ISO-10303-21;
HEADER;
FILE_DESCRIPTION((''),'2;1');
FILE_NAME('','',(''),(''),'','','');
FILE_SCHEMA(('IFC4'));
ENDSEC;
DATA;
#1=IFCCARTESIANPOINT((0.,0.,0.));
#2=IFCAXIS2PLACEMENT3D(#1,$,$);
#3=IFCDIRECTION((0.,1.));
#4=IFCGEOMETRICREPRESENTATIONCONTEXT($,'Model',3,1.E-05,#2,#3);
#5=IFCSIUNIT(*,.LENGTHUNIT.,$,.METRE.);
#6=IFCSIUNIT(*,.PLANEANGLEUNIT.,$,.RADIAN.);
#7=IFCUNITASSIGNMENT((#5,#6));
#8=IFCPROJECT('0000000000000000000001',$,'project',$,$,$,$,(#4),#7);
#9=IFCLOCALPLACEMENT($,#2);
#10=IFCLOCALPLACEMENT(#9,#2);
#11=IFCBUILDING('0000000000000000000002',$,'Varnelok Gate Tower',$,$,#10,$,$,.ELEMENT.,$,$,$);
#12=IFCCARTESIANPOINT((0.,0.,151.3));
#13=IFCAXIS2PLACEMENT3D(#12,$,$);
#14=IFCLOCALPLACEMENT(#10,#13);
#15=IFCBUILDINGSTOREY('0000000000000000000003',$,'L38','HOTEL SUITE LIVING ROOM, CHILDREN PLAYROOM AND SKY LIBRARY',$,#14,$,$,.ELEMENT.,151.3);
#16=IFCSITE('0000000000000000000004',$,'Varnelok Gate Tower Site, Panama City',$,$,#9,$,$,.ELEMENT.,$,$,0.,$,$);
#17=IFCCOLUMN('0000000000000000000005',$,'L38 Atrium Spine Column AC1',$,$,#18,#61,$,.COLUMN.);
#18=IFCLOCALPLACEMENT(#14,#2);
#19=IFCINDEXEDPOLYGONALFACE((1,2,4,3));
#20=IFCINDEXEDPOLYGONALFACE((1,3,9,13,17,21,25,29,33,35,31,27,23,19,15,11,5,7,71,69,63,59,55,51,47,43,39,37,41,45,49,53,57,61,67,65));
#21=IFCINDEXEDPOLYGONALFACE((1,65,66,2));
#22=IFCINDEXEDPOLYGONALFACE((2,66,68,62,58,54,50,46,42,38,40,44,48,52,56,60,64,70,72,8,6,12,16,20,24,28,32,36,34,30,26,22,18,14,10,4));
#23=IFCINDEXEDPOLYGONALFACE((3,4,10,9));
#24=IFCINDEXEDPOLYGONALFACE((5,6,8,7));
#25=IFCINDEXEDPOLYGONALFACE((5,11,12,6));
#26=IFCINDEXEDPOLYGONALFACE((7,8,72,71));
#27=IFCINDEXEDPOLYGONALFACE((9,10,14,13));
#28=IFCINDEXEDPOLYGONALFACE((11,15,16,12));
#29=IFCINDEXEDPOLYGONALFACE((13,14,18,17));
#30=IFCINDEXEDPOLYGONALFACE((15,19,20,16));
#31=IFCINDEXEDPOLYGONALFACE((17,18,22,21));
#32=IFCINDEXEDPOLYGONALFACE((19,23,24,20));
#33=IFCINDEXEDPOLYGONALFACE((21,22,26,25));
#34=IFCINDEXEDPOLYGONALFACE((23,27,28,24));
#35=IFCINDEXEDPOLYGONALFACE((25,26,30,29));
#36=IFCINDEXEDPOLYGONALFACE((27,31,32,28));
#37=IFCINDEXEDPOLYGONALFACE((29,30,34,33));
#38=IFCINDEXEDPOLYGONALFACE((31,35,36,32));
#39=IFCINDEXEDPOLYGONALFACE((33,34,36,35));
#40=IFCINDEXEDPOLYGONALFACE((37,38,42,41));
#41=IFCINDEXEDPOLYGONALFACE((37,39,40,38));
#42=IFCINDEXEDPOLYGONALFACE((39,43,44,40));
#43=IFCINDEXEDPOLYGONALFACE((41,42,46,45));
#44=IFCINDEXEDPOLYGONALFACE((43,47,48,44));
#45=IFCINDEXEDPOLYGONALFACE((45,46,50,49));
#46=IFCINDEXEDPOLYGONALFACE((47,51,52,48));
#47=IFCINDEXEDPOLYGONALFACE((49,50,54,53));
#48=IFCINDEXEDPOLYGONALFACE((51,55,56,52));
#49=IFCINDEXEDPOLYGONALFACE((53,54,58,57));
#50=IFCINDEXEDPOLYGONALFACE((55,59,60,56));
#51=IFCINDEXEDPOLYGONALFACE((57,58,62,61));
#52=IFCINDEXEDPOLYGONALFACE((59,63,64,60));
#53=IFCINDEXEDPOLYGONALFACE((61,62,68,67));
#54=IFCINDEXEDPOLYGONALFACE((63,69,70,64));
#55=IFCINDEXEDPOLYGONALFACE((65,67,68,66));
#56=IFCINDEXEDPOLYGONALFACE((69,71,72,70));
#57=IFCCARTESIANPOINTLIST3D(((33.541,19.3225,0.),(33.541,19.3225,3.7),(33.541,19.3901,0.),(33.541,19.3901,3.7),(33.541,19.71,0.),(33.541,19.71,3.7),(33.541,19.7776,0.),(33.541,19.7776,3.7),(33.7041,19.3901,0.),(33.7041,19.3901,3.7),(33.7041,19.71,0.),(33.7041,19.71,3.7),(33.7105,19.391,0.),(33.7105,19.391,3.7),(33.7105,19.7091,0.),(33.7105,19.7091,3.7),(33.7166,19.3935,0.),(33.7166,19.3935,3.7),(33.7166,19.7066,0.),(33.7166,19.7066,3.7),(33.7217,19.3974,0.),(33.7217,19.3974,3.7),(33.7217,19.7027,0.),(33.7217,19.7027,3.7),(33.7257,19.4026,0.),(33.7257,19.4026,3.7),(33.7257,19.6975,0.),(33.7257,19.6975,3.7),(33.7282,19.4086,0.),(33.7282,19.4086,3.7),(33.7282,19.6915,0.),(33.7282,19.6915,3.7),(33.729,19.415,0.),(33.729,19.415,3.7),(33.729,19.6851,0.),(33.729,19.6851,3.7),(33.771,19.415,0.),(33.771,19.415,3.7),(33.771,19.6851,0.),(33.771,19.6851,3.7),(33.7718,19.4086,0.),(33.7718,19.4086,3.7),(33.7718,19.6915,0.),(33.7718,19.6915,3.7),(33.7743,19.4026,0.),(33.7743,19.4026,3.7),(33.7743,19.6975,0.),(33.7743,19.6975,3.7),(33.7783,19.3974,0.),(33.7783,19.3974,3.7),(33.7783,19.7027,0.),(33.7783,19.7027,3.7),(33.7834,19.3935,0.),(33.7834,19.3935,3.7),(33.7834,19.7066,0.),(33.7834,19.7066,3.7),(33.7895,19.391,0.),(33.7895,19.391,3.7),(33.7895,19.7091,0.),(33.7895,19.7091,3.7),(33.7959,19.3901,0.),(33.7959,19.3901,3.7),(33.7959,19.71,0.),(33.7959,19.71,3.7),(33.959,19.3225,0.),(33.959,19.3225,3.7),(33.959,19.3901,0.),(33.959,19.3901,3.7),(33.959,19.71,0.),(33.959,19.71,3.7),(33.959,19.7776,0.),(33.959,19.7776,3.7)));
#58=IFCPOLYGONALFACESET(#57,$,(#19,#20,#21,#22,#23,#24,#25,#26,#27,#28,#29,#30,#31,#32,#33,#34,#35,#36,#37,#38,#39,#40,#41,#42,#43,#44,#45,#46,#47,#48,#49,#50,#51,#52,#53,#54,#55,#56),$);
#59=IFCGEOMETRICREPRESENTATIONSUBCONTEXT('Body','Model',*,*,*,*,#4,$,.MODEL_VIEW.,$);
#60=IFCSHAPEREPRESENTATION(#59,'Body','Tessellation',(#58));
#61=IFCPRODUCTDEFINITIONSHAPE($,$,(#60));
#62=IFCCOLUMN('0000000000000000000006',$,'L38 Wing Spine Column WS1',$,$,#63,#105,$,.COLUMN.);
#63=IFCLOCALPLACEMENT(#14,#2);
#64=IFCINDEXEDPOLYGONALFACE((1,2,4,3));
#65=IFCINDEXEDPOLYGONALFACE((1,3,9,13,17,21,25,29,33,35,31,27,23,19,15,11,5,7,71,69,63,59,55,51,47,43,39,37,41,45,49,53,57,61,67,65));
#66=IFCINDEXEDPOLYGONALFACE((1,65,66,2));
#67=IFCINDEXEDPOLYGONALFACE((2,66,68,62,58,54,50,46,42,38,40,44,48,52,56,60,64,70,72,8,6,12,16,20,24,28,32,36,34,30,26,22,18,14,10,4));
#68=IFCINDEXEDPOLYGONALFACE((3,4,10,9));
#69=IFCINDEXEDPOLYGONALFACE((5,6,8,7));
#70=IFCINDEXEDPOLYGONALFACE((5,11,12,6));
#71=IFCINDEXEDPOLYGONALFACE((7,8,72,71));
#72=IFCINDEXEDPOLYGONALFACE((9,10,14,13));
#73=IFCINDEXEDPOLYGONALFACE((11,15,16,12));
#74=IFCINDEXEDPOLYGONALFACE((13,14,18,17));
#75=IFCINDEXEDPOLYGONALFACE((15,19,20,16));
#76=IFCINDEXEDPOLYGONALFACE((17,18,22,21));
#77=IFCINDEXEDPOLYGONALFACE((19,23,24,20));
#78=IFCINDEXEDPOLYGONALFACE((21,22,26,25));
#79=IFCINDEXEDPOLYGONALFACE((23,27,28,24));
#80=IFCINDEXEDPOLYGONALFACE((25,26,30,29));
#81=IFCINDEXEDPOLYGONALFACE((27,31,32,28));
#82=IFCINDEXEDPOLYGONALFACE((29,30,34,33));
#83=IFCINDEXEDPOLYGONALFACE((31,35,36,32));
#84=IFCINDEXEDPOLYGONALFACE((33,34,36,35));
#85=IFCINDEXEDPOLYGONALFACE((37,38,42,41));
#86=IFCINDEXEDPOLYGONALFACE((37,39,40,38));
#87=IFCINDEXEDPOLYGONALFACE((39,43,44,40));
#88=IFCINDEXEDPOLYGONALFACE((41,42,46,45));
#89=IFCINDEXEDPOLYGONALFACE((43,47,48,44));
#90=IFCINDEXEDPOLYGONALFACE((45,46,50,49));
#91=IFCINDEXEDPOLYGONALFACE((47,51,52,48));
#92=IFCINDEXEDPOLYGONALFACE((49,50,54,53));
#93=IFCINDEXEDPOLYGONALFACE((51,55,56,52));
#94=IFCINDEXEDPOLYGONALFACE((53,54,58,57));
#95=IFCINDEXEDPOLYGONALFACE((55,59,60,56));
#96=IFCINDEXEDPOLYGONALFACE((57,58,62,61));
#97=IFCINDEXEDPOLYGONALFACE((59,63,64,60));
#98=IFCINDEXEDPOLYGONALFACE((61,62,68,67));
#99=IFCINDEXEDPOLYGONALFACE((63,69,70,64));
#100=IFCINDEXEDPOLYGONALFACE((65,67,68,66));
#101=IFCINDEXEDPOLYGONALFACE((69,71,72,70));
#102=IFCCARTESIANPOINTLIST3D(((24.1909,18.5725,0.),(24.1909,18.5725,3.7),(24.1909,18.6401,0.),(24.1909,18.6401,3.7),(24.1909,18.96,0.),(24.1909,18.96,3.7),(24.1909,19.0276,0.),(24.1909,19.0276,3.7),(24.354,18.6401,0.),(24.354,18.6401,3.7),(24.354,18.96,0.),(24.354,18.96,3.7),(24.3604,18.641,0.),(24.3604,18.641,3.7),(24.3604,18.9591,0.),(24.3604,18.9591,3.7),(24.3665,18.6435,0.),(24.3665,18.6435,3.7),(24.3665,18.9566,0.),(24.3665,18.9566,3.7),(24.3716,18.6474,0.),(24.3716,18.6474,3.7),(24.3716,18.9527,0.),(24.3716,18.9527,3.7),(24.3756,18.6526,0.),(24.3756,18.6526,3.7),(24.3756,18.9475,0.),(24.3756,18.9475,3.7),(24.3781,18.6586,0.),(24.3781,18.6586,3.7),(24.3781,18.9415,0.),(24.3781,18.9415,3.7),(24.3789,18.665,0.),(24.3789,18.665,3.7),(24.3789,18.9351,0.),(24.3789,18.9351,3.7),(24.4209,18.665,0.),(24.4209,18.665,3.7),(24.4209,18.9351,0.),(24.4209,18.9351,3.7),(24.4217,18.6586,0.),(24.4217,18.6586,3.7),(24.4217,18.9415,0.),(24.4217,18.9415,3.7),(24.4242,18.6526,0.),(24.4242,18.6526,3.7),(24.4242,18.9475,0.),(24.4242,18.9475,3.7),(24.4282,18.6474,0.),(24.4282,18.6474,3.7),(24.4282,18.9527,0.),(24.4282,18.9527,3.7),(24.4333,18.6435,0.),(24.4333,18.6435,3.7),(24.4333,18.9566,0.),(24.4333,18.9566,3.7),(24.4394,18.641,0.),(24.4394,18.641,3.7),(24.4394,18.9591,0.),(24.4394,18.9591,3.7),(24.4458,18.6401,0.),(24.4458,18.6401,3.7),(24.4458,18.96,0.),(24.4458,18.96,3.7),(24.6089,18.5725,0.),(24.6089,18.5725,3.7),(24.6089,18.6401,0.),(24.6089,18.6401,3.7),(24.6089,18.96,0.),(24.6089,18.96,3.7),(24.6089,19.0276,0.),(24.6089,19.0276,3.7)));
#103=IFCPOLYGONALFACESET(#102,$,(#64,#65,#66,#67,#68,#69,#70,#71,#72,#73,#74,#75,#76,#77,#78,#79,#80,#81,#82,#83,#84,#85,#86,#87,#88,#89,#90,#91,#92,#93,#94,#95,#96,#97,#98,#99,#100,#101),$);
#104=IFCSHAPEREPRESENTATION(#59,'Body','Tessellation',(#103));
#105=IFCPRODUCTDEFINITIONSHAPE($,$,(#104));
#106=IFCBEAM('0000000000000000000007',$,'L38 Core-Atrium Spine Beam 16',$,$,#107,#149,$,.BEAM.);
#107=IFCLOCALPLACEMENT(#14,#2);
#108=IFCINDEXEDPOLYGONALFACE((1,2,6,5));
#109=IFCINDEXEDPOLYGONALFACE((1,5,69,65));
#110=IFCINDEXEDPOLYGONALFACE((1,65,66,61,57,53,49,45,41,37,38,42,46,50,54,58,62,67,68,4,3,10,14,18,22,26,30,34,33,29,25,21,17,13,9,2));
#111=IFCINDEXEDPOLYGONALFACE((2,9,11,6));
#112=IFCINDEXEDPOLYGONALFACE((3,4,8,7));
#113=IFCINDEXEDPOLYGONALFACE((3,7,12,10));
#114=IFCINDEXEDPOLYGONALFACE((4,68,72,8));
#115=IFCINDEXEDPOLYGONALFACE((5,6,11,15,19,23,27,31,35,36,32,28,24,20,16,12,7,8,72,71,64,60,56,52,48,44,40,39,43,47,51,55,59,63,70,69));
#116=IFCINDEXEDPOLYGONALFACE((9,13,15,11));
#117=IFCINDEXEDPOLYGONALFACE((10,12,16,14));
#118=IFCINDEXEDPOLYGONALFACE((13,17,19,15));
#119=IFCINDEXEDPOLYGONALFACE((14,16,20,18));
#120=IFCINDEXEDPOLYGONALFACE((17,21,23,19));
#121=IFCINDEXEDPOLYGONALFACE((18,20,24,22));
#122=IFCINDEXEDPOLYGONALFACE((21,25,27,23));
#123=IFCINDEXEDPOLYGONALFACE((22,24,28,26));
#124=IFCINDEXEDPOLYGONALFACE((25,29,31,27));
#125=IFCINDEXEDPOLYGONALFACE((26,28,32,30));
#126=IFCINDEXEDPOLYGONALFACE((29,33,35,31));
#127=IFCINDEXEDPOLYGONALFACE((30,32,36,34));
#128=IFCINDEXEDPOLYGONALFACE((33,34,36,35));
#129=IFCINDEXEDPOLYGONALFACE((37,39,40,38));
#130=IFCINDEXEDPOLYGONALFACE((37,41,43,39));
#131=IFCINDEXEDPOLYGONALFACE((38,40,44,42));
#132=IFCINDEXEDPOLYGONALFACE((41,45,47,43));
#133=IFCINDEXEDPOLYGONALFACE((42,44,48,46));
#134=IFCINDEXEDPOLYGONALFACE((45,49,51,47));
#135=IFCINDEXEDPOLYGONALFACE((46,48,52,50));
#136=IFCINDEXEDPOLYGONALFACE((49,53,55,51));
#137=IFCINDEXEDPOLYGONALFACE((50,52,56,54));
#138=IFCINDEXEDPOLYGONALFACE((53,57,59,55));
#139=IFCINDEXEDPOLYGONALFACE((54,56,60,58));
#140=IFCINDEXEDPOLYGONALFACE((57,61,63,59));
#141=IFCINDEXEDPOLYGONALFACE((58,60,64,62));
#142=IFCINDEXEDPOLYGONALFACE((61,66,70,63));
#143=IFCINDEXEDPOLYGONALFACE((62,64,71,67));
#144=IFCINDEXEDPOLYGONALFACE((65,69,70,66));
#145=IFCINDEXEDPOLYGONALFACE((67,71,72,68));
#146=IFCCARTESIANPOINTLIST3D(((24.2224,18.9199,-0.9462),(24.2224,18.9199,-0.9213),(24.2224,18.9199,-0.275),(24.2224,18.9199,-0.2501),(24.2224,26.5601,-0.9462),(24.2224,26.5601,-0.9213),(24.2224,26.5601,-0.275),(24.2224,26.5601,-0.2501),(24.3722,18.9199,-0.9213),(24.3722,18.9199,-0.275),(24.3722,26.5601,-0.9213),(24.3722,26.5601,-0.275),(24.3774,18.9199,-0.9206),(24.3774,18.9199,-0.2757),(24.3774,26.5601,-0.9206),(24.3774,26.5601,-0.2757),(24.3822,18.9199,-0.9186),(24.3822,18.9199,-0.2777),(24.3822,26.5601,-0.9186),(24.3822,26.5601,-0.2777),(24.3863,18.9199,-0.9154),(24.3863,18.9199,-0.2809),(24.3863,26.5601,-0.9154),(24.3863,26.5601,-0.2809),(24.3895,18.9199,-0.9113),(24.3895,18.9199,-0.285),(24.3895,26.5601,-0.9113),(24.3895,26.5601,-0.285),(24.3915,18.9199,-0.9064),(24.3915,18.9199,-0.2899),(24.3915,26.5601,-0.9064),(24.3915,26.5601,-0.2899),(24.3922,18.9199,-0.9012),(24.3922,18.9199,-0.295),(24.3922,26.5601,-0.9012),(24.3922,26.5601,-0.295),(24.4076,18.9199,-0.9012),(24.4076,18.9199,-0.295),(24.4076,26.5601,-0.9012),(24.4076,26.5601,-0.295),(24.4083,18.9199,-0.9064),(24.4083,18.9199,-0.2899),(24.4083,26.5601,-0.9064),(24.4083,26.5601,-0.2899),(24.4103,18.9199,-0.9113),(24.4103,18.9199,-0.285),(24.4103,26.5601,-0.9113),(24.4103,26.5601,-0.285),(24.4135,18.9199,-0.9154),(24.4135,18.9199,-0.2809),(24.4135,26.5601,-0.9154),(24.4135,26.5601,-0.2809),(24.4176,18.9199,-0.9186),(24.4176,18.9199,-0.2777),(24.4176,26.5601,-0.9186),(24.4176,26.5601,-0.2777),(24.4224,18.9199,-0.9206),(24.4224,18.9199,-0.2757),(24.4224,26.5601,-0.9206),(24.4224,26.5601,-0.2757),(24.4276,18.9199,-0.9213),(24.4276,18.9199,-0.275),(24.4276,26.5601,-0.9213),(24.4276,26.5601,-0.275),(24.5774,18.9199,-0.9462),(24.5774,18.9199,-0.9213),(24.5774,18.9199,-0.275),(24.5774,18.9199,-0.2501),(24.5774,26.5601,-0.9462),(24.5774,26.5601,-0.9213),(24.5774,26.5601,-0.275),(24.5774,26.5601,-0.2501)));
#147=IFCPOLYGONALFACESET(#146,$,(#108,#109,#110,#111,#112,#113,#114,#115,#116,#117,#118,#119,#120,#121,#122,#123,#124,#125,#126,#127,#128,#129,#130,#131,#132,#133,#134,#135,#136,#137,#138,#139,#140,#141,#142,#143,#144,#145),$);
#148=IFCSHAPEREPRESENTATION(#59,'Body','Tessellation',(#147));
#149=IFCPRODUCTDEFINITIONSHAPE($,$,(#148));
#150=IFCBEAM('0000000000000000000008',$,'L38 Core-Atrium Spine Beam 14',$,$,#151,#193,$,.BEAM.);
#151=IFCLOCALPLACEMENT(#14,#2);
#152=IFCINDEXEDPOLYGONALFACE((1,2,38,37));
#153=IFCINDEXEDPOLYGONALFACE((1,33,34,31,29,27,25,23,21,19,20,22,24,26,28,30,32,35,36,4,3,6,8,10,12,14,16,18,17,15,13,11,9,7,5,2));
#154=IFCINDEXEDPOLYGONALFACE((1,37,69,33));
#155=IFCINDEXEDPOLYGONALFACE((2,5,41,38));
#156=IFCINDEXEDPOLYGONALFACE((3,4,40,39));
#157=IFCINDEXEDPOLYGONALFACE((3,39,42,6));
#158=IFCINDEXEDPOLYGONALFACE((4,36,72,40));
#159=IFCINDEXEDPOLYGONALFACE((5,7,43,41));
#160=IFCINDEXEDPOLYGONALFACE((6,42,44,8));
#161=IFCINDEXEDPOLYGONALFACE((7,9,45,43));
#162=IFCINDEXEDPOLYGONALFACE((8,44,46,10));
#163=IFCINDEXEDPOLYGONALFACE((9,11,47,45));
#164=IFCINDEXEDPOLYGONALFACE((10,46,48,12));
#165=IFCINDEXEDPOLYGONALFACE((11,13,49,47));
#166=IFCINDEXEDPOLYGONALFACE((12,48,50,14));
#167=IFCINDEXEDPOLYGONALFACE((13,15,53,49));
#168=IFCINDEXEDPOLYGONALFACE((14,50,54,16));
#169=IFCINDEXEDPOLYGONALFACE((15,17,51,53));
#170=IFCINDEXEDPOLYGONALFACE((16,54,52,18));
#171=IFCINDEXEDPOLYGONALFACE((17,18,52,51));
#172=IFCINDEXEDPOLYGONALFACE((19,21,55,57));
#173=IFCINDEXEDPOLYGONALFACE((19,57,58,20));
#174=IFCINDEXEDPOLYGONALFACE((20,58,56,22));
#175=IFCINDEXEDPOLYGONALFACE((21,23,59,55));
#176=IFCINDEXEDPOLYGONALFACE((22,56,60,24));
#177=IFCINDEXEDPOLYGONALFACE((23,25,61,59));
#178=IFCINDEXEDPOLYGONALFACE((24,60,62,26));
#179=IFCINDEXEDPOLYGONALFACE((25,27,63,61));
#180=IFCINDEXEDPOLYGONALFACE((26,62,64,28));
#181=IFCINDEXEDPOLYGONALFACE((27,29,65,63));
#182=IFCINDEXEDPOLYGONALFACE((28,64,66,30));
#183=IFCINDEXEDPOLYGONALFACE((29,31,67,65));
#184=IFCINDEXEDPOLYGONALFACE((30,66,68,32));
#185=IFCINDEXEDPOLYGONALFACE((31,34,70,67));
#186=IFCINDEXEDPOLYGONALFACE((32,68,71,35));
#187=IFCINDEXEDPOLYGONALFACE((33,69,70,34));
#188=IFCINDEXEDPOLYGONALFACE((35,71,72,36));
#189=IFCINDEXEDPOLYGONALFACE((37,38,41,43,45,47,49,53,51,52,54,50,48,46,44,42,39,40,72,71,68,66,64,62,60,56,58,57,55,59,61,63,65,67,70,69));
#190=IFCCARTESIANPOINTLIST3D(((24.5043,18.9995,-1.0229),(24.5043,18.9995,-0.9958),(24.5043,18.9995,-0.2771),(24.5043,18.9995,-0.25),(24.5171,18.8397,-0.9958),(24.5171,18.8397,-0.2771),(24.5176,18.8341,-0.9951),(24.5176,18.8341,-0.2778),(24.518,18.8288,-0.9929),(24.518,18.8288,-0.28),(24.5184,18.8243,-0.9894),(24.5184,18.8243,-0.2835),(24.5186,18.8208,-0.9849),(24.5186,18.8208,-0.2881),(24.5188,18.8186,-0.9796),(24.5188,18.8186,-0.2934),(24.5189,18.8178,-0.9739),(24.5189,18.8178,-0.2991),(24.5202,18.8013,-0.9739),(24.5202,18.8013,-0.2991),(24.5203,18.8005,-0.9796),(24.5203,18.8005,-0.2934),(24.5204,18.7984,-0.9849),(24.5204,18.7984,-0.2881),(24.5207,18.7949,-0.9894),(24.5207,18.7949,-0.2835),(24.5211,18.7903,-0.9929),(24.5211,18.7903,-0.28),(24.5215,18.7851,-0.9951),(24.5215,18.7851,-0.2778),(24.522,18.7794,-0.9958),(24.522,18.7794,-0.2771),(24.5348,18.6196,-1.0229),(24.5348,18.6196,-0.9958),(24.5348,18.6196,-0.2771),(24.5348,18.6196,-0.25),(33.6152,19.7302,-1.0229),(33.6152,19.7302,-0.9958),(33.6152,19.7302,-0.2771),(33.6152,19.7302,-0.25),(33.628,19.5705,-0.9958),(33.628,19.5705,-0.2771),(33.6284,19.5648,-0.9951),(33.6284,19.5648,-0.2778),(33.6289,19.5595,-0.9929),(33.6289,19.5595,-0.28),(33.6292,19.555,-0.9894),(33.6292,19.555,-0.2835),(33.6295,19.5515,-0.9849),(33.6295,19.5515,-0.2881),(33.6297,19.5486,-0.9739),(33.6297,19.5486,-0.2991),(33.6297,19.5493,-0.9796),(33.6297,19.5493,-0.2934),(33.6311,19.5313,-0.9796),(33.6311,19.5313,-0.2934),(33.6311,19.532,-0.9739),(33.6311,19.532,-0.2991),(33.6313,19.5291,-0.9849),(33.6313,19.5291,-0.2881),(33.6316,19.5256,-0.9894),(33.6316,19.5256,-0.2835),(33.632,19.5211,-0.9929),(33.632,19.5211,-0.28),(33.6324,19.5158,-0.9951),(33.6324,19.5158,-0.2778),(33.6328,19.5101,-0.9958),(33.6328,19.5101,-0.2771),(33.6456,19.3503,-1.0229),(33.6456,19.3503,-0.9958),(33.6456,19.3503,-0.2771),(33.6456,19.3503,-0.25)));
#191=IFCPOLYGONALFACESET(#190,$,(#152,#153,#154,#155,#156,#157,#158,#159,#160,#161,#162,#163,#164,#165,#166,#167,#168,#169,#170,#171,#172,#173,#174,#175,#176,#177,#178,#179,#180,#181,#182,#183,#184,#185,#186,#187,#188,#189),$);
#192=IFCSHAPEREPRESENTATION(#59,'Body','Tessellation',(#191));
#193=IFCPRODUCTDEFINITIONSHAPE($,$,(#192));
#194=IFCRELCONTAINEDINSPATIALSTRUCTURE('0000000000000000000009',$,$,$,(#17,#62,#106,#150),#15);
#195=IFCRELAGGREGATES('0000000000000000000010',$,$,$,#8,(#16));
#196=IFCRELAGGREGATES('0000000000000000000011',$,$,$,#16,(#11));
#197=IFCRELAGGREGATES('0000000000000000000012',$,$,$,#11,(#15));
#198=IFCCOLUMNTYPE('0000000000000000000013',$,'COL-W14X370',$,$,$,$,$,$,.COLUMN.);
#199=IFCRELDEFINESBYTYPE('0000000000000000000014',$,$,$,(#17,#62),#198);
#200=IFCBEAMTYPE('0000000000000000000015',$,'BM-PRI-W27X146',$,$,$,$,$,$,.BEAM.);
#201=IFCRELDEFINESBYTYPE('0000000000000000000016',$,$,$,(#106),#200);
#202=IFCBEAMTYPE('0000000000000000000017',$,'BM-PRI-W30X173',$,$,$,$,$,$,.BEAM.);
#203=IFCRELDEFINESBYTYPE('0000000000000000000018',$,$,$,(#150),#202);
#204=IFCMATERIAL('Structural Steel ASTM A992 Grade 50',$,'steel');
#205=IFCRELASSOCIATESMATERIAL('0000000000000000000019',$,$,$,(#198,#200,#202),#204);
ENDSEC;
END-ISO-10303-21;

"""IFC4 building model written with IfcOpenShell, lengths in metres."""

from ifc_helpers import new_model, si_unit, direction, frame, origin, origin_2d, place, context, subcontext, project, spatial, i_section, extrude, material, material_profile, profile_set, type_object, element, save


model = new_model("IFC4")

# Units and contexts
model_context = context("Model", 3, precision=1e-05, world=origin(), true_north=direction((0.0, 1.0)))
body_context = subcontext(model_context, "Body", "Model", "MODEL_VIEW")
ifc_project = project(units=[si_unit("LENGTHUNIT", "METRE"), si_unit("PLANEANGLEUNIT", "RADIAN")], contexts=[model_context])

# Site, building, storey
site_placement = place(None, origin())
site = spatial("IfcSite", under=ifc_project, at=site_placement, Name="Varnelok Gate Tower Site, Panama City", CompositionType="ELEMENT", RefElevation=0.0)
building_placement = place(site_placement, origin())
building = spatial("IfcBuilding", under=site, at=building_placement, Name="Varnelok Gate Tower", CompositionType="ELEMENT")
storey_placement = place(building_placement, frame((0.0, 0.0, 151.3)))
storey = spatial("IfcBuildingStorey", under=building, at=storey_placement, Name="L38", Description="HOTEL SUITE LIVING ROOM, CHILDREN PLAYROOM AND SKY LIBRARY", CompositionType="ELEMENT", Elevation=151.3)

# Columns
ifc_material_1 = material(Name="Structural Steel ASTM A992 Grade 50", Category="steel")
ifc_material_profile_1 = material_profile(ifc_material_1, i_section(OverallWidth=0.418, OverallDepth=0.4551, WebThickness=0.042, FlangeThickness=0.0676, FilletRadius=0.0249, at=origin_2d()), Name="W14X370")
ifc_profile_set_1 = profile_set([ifc_material_profile_1], Name="Structural Steel ASTM A992 Grade 50")
column_type = type_object("IfcColumnType", Name="COL-W14X370", PredefinedType="COLUMN", material=ifc_profile_set_1)
for number, where, z_axis, x_axis, name in (
    (1, (33.75, 19.55, 0.0), (0.0, 0.0, 1.0), (1.0, 0.0, 0.0), "L38 Atrium Spine Column AC1"),
    (2, (24.3999, 18.8, 0.0), (0.0, 0.0, 1.0), (1.0, 0.0, 0.0), "L38 Wing Spine Column WS1"),
):
    element("IfcColumn", number, at=place(storey_placement, frame(where, z_axis=z_axis, x_axis=x_axis)), inside=storey, type_object=column_type, Name=name, PredefinedType="COLUMN", context=body_context, shape_type="SweptSolid", body=[
        extrude(i_section(OverallWidth=0.418, OverallDepth=0.4551, WebThickness=0.042, FlangeThickness=0.0676, FilletRadius=0.0249, at=origin_2d()), origin(), (0.0, 0.0, 1.0), 3.7),
    ])

# Beams
ifc_material_profile_2 = material_profile(ifc_material_1, i_section(OverallWidth=0.355, OverallDepth=0.696, WebThickness=0.0154, FlangeThickness=0.0249, FilletRadius=0.02, at=origin_2d()), Name="W27X146")
ifc_profile_set_2 = profile_set([ifc_material_profile_2], Name="Structural Steel ASTM A992 Grade 50")
beam_type_1 = type_object("IfcBeamType", Name="BM-PRI-W27X146", PredefinedType="BEAM", material=ifc_profile_set_2)
beam_1_placement = place(storey_placement, frame((24.3999, 18.9199, -0.5981), z_axis=(0.0, 1.0, 0.0), x_axis=(-1.0, 0.0, 0.0)))
element("IfcBeam", 3, at=beam_1_placement, inside=storey, type_object=beam_type_1, Name="L38 Core-Atrium Spine Beam 16", PredefinedType="BEAM", context=body_context, shape_type="SweptSolid", body=[
    extrude(i_section(OverallWidth=0.355, OverallDepth=0.696, WebThickness=0.0154, FlangeThickness=0.0249, FilletRadius=0.02, at=origin_2d()), origin(), (0.0, 0.0, 1.0), 7.6401),
])
ifc_material_profile_3 = material_profile(ifc_material_1, i_section(OverallWidth=0.3811, OverallDepth=0.7729, WebThickness=0.0166, FlangeThickness=0.0271, FilletRadius=0.022, at=origin_2d()), Name="W30X173")
ifc_profile_set_3 = profile_set([ifc_material_profile_3], Name="Structural Steel ASTM A992 Grade 50")
beam_type_2 = type_object("IfcBeamType", Name="BM-PRI-W30X173", PredefinedType="BEAM", material=ifc_profile_set_3)
beam_2_placement = place(storey_placement, frame((24.5195, 18.8096, -0.6365), z_axis=(0.996799, 0.079946, 0.0), x_axis=(-0.079946, 0.996799, 0.0)))
element("IfcBeam", 4, at=beam_2_placement, inside=storey, type_object=beam_type_2, Name="L38 Core-Atrium Spine Beam 14", PredefinedType="BEAM", context=body_context, shape_type="SweptSolid", body=[
    extrude(i_section(OverallWidth=0.3811, OverallDepth=0.7729, WebThickness=0.0166, FlangeThickness=0.0271, FilletRadius=0.022, at=origin_2d()), origin(), (0.0, 0.0, 1.0), 9.1401),
])

save(model, "model.ifc")
